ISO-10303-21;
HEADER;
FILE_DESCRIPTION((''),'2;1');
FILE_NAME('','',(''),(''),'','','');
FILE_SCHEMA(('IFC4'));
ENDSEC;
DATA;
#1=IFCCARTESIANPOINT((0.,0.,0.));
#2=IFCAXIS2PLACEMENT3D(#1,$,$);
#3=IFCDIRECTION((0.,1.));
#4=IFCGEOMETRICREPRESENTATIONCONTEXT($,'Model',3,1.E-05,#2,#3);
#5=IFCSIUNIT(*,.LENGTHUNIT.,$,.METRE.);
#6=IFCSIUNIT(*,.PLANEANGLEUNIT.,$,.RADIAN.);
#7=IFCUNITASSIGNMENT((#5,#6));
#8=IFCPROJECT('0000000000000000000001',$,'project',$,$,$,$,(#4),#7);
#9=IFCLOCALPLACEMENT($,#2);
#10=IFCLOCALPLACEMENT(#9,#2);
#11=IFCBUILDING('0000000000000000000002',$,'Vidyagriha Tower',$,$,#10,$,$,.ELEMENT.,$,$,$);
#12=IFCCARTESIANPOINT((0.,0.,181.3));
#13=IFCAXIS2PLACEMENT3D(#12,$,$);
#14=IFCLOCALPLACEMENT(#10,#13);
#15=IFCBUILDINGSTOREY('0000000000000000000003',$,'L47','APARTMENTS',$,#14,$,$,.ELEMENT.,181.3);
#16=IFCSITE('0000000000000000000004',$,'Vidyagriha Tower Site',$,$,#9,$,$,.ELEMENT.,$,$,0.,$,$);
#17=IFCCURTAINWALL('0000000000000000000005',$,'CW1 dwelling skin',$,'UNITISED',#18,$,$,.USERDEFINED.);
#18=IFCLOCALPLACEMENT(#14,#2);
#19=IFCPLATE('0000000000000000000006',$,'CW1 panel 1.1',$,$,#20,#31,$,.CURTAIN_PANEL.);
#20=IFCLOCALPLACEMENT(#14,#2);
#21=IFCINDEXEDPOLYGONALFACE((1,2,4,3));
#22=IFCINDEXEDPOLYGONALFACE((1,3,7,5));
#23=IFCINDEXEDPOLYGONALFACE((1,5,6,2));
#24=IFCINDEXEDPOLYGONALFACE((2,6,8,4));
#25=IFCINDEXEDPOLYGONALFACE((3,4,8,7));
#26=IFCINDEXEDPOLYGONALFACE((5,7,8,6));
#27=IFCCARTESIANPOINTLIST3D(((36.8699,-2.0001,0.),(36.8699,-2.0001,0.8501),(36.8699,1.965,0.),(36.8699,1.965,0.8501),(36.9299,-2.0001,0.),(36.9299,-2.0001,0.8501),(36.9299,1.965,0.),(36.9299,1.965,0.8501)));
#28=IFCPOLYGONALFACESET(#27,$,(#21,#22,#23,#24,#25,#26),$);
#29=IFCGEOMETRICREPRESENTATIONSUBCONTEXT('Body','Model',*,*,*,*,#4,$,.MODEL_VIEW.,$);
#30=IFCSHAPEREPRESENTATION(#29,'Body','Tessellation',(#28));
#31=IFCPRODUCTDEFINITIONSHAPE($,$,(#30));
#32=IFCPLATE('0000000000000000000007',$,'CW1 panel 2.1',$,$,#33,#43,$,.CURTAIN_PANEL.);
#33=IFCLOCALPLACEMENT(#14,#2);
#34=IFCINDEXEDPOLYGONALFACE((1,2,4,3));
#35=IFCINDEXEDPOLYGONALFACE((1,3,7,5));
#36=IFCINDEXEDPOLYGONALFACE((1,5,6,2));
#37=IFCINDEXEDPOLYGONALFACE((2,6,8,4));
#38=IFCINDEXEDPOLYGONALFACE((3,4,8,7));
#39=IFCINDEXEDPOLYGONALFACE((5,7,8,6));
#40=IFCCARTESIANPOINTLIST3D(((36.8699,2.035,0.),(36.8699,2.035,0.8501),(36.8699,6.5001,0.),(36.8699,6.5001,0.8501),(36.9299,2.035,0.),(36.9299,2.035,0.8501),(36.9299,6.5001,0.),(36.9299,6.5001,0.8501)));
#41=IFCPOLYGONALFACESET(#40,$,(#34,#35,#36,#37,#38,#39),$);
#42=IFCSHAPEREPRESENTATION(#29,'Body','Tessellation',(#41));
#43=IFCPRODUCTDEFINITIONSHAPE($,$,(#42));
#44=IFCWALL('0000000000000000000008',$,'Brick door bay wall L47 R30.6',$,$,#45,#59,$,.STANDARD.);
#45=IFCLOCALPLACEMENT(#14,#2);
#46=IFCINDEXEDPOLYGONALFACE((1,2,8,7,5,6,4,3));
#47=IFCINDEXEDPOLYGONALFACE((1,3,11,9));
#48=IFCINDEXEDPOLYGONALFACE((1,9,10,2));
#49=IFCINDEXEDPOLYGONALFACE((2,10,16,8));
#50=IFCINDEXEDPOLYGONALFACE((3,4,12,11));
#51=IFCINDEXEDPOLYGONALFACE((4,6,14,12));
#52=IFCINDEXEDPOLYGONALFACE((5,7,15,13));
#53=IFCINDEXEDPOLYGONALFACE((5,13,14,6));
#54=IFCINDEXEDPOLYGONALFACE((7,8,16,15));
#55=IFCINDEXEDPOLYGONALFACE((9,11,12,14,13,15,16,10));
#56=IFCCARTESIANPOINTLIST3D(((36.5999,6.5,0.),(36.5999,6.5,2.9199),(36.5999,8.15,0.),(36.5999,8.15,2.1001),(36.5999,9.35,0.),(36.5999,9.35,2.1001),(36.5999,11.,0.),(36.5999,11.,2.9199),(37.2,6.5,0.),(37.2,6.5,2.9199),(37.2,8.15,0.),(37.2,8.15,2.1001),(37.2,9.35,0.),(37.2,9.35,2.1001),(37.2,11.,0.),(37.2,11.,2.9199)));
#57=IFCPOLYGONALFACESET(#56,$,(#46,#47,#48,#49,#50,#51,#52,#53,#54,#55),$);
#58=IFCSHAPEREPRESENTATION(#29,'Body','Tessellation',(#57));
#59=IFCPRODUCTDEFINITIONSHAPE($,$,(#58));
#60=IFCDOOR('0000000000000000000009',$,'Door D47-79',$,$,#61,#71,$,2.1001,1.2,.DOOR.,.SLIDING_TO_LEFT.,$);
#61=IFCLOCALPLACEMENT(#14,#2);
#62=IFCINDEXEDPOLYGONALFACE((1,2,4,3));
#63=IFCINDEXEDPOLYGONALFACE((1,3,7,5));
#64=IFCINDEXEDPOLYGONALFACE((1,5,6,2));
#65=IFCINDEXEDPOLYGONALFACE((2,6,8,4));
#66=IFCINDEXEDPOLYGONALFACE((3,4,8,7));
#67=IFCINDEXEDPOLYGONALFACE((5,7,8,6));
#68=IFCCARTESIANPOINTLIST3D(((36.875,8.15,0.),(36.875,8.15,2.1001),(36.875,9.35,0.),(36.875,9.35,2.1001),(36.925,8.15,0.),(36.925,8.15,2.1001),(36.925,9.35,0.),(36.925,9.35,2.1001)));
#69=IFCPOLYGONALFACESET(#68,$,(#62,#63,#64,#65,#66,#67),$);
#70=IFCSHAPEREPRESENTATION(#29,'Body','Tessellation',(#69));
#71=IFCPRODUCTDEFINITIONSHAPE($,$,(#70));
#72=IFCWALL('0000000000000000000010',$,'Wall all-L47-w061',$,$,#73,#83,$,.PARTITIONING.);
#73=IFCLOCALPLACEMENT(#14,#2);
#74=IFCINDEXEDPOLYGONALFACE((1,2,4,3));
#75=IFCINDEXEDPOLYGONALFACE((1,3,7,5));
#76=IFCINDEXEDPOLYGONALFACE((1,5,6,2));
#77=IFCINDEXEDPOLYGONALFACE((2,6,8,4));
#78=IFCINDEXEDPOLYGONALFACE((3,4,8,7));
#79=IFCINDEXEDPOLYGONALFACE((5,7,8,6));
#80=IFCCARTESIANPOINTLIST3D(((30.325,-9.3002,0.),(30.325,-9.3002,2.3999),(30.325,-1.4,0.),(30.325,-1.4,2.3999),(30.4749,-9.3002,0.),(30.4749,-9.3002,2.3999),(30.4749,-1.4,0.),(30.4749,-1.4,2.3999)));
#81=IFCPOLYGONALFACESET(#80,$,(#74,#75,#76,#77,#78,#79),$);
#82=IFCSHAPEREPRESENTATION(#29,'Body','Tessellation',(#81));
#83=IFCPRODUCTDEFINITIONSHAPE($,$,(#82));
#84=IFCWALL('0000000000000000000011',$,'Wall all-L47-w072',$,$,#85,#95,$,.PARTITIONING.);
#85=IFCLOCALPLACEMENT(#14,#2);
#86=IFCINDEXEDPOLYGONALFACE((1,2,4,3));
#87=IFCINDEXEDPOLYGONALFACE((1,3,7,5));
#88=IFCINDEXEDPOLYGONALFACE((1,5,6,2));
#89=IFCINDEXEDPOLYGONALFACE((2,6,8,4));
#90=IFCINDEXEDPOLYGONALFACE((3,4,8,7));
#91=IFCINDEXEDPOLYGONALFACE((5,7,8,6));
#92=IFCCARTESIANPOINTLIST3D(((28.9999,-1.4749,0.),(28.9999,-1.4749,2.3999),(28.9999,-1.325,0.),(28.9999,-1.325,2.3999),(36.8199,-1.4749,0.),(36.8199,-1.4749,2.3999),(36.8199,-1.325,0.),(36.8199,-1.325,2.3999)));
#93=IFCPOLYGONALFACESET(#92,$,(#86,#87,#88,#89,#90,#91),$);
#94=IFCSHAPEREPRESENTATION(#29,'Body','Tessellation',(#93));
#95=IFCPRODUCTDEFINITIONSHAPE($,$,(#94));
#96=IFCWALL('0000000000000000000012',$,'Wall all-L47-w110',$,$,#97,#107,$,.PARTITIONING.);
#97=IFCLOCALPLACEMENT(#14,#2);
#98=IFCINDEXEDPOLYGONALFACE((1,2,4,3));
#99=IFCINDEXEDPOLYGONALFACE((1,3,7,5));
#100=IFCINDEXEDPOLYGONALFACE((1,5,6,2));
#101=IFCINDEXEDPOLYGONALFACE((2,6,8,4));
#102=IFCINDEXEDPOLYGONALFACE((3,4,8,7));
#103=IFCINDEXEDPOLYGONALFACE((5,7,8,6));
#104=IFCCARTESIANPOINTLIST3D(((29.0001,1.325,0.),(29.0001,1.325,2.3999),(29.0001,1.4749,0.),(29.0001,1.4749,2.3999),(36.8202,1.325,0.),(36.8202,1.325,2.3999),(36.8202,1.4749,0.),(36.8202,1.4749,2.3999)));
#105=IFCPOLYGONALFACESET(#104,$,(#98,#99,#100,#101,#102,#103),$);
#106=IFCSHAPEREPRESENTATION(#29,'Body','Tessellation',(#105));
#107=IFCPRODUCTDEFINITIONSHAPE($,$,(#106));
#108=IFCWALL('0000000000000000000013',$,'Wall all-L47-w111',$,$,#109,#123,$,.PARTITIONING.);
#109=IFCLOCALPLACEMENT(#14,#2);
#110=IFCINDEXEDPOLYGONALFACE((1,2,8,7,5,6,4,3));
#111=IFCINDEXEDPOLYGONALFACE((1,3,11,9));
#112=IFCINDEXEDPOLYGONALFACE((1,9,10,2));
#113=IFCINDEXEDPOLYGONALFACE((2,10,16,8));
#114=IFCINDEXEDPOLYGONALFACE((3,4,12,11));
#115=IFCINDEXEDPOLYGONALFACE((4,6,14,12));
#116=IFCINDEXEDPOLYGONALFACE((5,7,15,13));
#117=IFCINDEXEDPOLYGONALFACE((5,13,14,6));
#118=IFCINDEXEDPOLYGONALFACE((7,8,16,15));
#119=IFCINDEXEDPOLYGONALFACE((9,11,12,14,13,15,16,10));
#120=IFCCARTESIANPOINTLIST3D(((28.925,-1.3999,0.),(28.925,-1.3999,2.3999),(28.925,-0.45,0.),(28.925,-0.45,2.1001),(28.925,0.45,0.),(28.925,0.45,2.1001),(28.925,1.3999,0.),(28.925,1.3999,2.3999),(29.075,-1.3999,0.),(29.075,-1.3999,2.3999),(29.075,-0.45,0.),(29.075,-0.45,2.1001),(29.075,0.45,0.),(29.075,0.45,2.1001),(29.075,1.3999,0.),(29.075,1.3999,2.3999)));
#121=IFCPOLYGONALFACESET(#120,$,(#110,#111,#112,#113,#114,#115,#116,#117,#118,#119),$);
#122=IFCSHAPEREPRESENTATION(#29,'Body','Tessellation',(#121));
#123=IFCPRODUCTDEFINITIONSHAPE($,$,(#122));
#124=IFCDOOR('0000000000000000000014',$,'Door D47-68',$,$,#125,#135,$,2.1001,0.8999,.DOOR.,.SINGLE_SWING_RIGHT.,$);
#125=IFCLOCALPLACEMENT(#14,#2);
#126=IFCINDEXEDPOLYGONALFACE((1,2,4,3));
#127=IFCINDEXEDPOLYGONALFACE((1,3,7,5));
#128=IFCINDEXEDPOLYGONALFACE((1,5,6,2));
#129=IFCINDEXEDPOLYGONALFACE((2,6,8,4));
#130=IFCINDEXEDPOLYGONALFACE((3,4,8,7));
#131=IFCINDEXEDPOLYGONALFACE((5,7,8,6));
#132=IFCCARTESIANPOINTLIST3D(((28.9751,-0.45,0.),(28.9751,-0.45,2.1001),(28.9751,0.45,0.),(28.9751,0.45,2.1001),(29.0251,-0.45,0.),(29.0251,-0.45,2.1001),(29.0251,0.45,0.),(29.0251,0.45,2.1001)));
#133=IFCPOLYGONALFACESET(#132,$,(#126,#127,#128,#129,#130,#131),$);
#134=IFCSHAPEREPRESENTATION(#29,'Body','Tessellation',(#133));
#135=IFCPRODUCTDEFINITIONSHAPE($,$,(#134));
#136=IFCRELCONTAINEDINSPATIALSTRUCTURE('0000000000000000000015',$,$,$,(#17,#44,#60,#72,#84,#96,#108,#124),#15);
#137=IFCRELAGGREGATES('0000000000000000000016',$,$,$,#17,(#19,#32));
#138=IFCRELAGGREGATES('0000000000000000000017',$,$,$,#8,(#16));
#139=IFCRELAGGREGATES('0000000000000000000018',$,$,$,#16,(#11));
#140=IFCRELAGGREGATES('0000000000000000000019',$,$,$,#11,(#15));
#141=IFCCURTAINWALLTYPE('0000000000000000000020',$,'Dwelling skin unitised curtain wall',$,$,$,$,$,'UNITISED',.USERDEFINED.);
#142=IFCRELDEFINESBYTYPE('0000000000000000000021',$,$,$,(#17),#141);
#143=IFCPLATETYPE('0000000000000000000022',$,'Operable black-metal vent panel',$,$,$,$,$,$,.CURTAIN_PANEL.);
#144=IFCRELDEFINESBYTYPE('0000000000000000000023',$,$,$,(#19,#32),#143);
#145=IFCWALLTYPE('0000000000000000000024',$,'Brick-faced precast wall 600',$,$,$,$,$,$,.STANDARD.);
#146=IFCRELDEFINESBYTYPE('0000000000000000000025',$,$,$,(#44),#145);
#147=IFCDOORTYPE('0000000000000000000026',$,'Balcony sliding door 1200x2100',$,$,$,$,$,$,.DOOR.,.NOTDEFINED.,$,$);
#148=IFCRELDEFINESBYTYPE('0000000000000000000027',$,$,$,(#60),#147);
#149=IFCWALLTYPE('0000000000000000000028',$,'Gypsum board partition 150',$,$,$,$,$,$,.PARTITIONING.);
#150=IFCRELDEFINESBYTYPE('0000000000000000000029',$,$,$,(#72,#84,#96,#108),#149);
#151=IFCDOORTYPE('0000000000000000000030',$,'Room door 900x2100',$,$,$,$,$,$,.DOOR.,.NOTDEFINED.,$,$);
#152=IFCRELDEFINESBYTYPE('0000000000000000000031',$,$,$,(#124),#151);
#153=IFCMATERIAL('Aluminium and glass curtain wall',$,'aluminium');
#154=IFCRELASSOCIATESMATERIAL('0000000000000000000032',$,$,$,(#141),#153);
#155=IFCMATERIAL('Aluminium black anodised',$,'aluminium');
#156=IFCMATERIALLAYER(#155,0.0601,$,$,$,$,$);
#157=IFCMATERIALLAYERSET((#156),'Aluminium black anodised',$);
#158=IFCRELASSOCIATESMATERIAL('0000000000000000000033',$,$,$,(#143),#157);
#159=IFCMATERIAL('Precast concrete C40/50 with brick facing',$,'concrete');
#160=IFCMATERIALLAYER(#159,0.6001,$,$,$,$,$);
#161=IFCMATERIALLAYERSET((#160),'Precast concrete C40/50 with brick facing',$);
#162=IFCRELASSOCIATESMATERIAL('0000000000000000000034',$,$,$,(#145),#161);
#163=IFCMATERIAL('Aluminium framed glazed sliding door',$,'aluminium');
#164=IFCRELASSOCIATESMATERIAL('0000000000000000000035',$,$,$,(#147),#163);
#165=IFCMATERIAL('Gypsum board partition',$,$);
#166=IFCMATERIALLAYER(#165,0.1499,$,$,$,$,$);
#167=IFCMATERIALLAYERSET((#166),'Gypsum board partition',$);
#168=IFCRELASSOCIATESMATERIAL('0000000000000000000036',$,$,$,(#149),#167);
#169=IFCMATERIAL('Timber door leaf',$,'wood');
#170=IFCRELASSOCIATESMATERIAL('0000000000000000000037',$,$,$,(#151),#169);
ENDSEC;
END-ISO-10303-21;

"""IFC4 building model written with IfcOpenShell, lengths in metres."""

from ifc_helpers import new_model, si_unit, direction, frame, frame_2d, origin, origin_2d, place, context, subcontext, project, spatial, rectangle, extrude, material, layer, layer_set, type_object, element, fill, aggregate, save


model = new_model("IFC4")

# Units and contexts
model_context = context("Model", 3, precision=1e-05, world=origin(), true_north=direction((0.0, 1.0)))
body_context = subcontext(model_context, "Body", "Model", "MODEL_VIEW")
ifc_project = project(units=[si_unit("LENGTHUNIT", "METRE"), si_unit("PLANEANGLEUNIT", "RADIAN")], contexts=[model_context])

# Site, building, storey
site_placement = place(None, origin())
site = spatial("IfcSite", under=ifc_project, at=site_placement, Name="Vidyagriha Tower Site", CompositionType="ELEMENT", RefElevation=0.0)
building_placement = place(site_placement, origin())
building = spatial("IfcBuilding", under=site, at=building_placement, Name="Vidyagriha Tower", CompositionType="ELEMENT")
storey_placement = place(building_placement, frame((0.0, 0.0, 181.3)))
storey = spatial("IfcBuildingStorey", under=building, at=storey_placement, Name="L47", Description="APARTMENTS", CompositionType="ELEMENT", Elevation=181.3)

# Curtain wall
ifc_material_1 = material(Name="Aluminium and glass curtain wall", Category="aluminium")
curtain_wall_type = type_object("IfcCurtainWallType", Name="Dwelling skin unitised curtain wall", ElementType="UNITISED", PredefinedType="USERDEFINED", material=ifc_material_1)
curtain_wall_1_placement = place(storey_placement, origin())
curtain_wall_1 = element("IfcCurtainWall", 1, at=curtain_wall_1_placement, inside=storey, type_object=curtain_wall_type, Name="CW1 dwelling skin", ObjectType="UNITISED", PredefinedType="USERDEFINED")

# Plates
ifc_material_2 = material(Name="Aluminium black anodised", Category="aluminium")
ifc_layer_1 = layer(ifc_material_2, 0.0601)
ifc_layer_set_1 = layer_set([ifc_layer_1], Name="Aluminium black anodised")
plate_type_1 = type_object("IfcPlateType", Name="Operable black-metal vent panel", PredefinedType="CURTAIN_PANEL", material=ifc_layer_set_1)
plate_1_placement = place(storey_placement, frame((36.8999, -0.0176, 0.0), z_axis=(0.0, 0.0, 1.0), x_axis=(0.0, 1.0, 0.0)))
plate_1 = element("IfcPlate", 2, at=plate_1_placement, type_object=plate_type_1, Name="CW1 panel 1.1", PredefinedType="CURTAIN_PANEL", context=body_context, shape_type="SweptSolid", body=[
    extrude(rectangle(XDim=3.9651, YDim=0.0601, at=origin_2d()), origin(), (0.0, 0.0, 1.0), 0.8501),
])
plate_2_placement = place(storey_placement, frame((36.8999, 4.2676, 0.0), z_axis=(0.0, 0.0, 1.0), x_axis=(0.0, 1.0, 0.0)))
plate_2 = element("IfcPlate", 3, at=plate_2_placement, type_object=plate_type_1, Name="CW1 panel 2.1", PredefinedType="CURTAIN_PANEL", context=body_context, shape_type="SweptSolid", body=[
    extrude(rectangle(XDim=4.4651, YDim=0.0601, at=origin_2d()), origin(), (0.0, 0.0, 1.0), 0.8501),
])
aggregate(curtain_wall_1, [plate_1, plate_2])

# Wall, opening, door
ifc_material_3 = material(Name="Precast concrete C40/50 with brick facing", Category="concrete")
ifc_layer_2 = layer(ifc_material_3, 0.6001)
ifc_layer_set_2 = layer_set([ifc_layer_2], Name="Precast concrete C40/50 with brick facing")
wall_type_1 = type_object("IfcWallType", Name="Brick-faced precast wall 600", PredefinedType="STANDARD", material=ifc_layer_set_2)
wall_1_placement = place(storey_placement, frame((36.8999, 6.5, 0.0), z_axis=(0.0, 0.0, 1.0), x_axis=(0.0, 1.0, 0.0)))
wall_1 = element("IfcWall", 4, at=wall_1_placement, inside=storey, type_object=wall_type_1, Name="Brick door bay wall L47 R30.6", PredefinedType="STANDARD", context=body_context, shape_type="SweptSolid", body=[
    extrude(rectangle(XDim=4.5, YDim=0.6001, at=frame_2d((2.25, 0.0))), origin(), (0.0, 0.0, 1.0), 2.9199),
])
opening_1_placement = place(wall_1_placement, frame((1.6499, 0.0, 0.0)))
opening_1 = element("IfcOpeningElement", 5, at=opening_1_placement, cuts=wall_1, PredefinedType="OPENING", context=body_context, shape_type="SweptSolid", body=[
    extrude(rectangle(XDim=1.2, YDim=2.1001, at=frame_2d((0.6001, 1.05))), frame((0.0, 0.3101, 0.0), z_axis=(0.0, -1.0, 0.0), x_axis=(1.0, 0.0, 0.0)), (0.0, 0.0, 1.0), 0.6201),
])
ifc_material_4 = material(Name="Aluminium framed glazed sliding door", Category="aluminium")
door_type_1 = type_object("IfcDoorType", Name="Balcony sliding door 1200x2100", OperationType="NOTDEFINED", PredefinedType="DOOR", material=ifc_material_4)
door_1_placement = place(opening_1_placement, origin())
door_1 = element("IfcDoor", 6, at=door_1_placement, inside=storey, type_object=door_type_1, Name="Door D47-79", OperationType="SLIDING_TO_LEFT", OverallHeight=2.1001, OverallWidth=1.2, PredefinedType="DOOR", context=body_context, shape_type="SweptSolid", body=[
    extrude(rectangle(XDim=1.2, YDim=2.1001, at=frame_2d((0.6001, 1.05))), frame((0.0, 0.0249, 0.0), z_axis=(0.0, -1.0, 0.0), x_axis=(1.0, 0.0, 0.0)), (0.0, 0.0, 1.0), 0.05),
])
fill(opening_1, door_1)

# Walls
ifc_material_5 = material(Name="Gypsum board partition")
ifc_layer_3 = layer(ifc_material_5, 0.1499)
ifc_layer_set_3 = layer_set([ifc_layer_3], Name="Gypsum board partition")
wall_type_2 = type_object("IfcWallType", Name="Gypsum board partition 150", PredefinedType="PARTITIONING", material=ifc_layer_set_3)
wall_2_placement = place(storey_placement, frame((30.3999, -1.3999, 0.0), z_axis=(0.0, 0.0, 1.0), x_axis=(0.0, -1.0, 0.0)))
element("IfcWall", 7, at=wall_2_placement, inside=storey, type_object=wall_type_2, Name="Wall all-L47-w061", PredefinedType="PARTITIONING", context=body_context, shape_type="SweptSolid", body=[
    extrude(rectangle(XDim=7.9001, YDim=0.1499, at=frame_2d((3.9502, 0.0))), origin(), (0.0, 0.0, 1.0), 2.3999),
])
wall_3_placement = place(storey_placement, frame((36.8201, -1.3999, 0.0), z_axis=(0.0, 0.0, 1.0), x_axis=(-1.0, 0.0, 0.0)))
element("IfcWall", 8, at=wall_3_placement, inside=storey, type_object=wall_type_2, Name="Wall all-L47-w072", PredefinedType="PARTITIONING", context=body_context, shape_type="SweptSolid", body=[
    extrude(rectangle(XDim=7.8201, YDim=0.1499, at=frame_2d((3.9102, 0.0))), origin(), (0.0, 0.0, 1.0), 2.3999),
])
wall_4_placement = place(storey_placement, frame((29.0, 1.3999, 0.0)))
element("IfcWall", 9, at=wall_4_placement, inside=storey, type_object=wall_type_2, Name="Wall all-L47-w110", PredefinedType="PARTITIONING", context=body_context, shape_type="SweptSolid", body=[
    extrude(rectangle(XDim=7.8201, YDim=0.1499, at=frame_2d((3.9102, 0.0))), origin(), (0.0, 0.0, 1.0), 2.3999),
])

# Wall, opening, door
wall_5_placement = place(storey_placement, frame((29.0, -1.3999, 0.0), z_axis=(0.0, 0.0, 1.0), x_axis=(0.0, 1.0, 0.0)))
wall_5 = element("IfcWall", 10, at=wall_5_placement, inside=storey, type_object=wall_type_2, Name="Wall all-L47-w111", PredefinedType="PARTITIONING", context=body_context, shape_type="SweptSolid", body=[
    extrude(rectangle(XDim=2.7998, YDim=0.1499, at=frame_2d((1.3999, 0.0))), origin(), (0.0, 0.0, 1.0), 2.3999),
])
opening_2_placement = place(wall_5_placement, frame((0.95, 0.0, 0.0)))
opening_2 = element("IfcOpeningElement", 11, at=opening_2_placement, cuts=wall_5, PredefinedType="OPENING", context=body_context, shape_type="SweptSolid", body=[
    extrude(rectangle(XDim=0.8999, YDim=2.1001, at=frame_2d((0.45, 1.05))), frame((0.0, 0.085, 0.0), z_axis=(0.0, -1.0, 0.0), x_axis=(1.0, 0.0, 0.0)), (0.0, 0.0, 1.0), 0.1699),
])
ifc_material_6 = material(Name="Timber door leaf", Category="wood")
door_type_2 = type_object("IfcDoorType", Name="Room door 900x2100", OperationType="NOTDEFINED", PredefinedType="DOOR", material=ifc_material_6)
door_2_placement = place(opening_2_placement, origin())
door_2 = element("IfcDoor", 12, at=door_2_placement, inside=storey, type_object=door_type_2, Name="Door D47-68", OperationType="SINGLE_SWING_RIGHT", OverallHeight=2.1001, OverallWidth=0.8999, PredefinedType="DOOR", context=body_context, shape_type="SweptSolid", body=[
    extrude(rectangle(XDim=0.8999, YDim=2.1001, at=frame_2d((0.45, 1.05))), frame((0.0, 0.0249, 0.0), z_axis=(0.0, -1.0, 0.0), x_axis=(1.0, 0.0, 0.0)), (0.0, 0.0, 1.0), 0.05),
])
fill(opening_2, door_2)

save(model, "model.ifc")
